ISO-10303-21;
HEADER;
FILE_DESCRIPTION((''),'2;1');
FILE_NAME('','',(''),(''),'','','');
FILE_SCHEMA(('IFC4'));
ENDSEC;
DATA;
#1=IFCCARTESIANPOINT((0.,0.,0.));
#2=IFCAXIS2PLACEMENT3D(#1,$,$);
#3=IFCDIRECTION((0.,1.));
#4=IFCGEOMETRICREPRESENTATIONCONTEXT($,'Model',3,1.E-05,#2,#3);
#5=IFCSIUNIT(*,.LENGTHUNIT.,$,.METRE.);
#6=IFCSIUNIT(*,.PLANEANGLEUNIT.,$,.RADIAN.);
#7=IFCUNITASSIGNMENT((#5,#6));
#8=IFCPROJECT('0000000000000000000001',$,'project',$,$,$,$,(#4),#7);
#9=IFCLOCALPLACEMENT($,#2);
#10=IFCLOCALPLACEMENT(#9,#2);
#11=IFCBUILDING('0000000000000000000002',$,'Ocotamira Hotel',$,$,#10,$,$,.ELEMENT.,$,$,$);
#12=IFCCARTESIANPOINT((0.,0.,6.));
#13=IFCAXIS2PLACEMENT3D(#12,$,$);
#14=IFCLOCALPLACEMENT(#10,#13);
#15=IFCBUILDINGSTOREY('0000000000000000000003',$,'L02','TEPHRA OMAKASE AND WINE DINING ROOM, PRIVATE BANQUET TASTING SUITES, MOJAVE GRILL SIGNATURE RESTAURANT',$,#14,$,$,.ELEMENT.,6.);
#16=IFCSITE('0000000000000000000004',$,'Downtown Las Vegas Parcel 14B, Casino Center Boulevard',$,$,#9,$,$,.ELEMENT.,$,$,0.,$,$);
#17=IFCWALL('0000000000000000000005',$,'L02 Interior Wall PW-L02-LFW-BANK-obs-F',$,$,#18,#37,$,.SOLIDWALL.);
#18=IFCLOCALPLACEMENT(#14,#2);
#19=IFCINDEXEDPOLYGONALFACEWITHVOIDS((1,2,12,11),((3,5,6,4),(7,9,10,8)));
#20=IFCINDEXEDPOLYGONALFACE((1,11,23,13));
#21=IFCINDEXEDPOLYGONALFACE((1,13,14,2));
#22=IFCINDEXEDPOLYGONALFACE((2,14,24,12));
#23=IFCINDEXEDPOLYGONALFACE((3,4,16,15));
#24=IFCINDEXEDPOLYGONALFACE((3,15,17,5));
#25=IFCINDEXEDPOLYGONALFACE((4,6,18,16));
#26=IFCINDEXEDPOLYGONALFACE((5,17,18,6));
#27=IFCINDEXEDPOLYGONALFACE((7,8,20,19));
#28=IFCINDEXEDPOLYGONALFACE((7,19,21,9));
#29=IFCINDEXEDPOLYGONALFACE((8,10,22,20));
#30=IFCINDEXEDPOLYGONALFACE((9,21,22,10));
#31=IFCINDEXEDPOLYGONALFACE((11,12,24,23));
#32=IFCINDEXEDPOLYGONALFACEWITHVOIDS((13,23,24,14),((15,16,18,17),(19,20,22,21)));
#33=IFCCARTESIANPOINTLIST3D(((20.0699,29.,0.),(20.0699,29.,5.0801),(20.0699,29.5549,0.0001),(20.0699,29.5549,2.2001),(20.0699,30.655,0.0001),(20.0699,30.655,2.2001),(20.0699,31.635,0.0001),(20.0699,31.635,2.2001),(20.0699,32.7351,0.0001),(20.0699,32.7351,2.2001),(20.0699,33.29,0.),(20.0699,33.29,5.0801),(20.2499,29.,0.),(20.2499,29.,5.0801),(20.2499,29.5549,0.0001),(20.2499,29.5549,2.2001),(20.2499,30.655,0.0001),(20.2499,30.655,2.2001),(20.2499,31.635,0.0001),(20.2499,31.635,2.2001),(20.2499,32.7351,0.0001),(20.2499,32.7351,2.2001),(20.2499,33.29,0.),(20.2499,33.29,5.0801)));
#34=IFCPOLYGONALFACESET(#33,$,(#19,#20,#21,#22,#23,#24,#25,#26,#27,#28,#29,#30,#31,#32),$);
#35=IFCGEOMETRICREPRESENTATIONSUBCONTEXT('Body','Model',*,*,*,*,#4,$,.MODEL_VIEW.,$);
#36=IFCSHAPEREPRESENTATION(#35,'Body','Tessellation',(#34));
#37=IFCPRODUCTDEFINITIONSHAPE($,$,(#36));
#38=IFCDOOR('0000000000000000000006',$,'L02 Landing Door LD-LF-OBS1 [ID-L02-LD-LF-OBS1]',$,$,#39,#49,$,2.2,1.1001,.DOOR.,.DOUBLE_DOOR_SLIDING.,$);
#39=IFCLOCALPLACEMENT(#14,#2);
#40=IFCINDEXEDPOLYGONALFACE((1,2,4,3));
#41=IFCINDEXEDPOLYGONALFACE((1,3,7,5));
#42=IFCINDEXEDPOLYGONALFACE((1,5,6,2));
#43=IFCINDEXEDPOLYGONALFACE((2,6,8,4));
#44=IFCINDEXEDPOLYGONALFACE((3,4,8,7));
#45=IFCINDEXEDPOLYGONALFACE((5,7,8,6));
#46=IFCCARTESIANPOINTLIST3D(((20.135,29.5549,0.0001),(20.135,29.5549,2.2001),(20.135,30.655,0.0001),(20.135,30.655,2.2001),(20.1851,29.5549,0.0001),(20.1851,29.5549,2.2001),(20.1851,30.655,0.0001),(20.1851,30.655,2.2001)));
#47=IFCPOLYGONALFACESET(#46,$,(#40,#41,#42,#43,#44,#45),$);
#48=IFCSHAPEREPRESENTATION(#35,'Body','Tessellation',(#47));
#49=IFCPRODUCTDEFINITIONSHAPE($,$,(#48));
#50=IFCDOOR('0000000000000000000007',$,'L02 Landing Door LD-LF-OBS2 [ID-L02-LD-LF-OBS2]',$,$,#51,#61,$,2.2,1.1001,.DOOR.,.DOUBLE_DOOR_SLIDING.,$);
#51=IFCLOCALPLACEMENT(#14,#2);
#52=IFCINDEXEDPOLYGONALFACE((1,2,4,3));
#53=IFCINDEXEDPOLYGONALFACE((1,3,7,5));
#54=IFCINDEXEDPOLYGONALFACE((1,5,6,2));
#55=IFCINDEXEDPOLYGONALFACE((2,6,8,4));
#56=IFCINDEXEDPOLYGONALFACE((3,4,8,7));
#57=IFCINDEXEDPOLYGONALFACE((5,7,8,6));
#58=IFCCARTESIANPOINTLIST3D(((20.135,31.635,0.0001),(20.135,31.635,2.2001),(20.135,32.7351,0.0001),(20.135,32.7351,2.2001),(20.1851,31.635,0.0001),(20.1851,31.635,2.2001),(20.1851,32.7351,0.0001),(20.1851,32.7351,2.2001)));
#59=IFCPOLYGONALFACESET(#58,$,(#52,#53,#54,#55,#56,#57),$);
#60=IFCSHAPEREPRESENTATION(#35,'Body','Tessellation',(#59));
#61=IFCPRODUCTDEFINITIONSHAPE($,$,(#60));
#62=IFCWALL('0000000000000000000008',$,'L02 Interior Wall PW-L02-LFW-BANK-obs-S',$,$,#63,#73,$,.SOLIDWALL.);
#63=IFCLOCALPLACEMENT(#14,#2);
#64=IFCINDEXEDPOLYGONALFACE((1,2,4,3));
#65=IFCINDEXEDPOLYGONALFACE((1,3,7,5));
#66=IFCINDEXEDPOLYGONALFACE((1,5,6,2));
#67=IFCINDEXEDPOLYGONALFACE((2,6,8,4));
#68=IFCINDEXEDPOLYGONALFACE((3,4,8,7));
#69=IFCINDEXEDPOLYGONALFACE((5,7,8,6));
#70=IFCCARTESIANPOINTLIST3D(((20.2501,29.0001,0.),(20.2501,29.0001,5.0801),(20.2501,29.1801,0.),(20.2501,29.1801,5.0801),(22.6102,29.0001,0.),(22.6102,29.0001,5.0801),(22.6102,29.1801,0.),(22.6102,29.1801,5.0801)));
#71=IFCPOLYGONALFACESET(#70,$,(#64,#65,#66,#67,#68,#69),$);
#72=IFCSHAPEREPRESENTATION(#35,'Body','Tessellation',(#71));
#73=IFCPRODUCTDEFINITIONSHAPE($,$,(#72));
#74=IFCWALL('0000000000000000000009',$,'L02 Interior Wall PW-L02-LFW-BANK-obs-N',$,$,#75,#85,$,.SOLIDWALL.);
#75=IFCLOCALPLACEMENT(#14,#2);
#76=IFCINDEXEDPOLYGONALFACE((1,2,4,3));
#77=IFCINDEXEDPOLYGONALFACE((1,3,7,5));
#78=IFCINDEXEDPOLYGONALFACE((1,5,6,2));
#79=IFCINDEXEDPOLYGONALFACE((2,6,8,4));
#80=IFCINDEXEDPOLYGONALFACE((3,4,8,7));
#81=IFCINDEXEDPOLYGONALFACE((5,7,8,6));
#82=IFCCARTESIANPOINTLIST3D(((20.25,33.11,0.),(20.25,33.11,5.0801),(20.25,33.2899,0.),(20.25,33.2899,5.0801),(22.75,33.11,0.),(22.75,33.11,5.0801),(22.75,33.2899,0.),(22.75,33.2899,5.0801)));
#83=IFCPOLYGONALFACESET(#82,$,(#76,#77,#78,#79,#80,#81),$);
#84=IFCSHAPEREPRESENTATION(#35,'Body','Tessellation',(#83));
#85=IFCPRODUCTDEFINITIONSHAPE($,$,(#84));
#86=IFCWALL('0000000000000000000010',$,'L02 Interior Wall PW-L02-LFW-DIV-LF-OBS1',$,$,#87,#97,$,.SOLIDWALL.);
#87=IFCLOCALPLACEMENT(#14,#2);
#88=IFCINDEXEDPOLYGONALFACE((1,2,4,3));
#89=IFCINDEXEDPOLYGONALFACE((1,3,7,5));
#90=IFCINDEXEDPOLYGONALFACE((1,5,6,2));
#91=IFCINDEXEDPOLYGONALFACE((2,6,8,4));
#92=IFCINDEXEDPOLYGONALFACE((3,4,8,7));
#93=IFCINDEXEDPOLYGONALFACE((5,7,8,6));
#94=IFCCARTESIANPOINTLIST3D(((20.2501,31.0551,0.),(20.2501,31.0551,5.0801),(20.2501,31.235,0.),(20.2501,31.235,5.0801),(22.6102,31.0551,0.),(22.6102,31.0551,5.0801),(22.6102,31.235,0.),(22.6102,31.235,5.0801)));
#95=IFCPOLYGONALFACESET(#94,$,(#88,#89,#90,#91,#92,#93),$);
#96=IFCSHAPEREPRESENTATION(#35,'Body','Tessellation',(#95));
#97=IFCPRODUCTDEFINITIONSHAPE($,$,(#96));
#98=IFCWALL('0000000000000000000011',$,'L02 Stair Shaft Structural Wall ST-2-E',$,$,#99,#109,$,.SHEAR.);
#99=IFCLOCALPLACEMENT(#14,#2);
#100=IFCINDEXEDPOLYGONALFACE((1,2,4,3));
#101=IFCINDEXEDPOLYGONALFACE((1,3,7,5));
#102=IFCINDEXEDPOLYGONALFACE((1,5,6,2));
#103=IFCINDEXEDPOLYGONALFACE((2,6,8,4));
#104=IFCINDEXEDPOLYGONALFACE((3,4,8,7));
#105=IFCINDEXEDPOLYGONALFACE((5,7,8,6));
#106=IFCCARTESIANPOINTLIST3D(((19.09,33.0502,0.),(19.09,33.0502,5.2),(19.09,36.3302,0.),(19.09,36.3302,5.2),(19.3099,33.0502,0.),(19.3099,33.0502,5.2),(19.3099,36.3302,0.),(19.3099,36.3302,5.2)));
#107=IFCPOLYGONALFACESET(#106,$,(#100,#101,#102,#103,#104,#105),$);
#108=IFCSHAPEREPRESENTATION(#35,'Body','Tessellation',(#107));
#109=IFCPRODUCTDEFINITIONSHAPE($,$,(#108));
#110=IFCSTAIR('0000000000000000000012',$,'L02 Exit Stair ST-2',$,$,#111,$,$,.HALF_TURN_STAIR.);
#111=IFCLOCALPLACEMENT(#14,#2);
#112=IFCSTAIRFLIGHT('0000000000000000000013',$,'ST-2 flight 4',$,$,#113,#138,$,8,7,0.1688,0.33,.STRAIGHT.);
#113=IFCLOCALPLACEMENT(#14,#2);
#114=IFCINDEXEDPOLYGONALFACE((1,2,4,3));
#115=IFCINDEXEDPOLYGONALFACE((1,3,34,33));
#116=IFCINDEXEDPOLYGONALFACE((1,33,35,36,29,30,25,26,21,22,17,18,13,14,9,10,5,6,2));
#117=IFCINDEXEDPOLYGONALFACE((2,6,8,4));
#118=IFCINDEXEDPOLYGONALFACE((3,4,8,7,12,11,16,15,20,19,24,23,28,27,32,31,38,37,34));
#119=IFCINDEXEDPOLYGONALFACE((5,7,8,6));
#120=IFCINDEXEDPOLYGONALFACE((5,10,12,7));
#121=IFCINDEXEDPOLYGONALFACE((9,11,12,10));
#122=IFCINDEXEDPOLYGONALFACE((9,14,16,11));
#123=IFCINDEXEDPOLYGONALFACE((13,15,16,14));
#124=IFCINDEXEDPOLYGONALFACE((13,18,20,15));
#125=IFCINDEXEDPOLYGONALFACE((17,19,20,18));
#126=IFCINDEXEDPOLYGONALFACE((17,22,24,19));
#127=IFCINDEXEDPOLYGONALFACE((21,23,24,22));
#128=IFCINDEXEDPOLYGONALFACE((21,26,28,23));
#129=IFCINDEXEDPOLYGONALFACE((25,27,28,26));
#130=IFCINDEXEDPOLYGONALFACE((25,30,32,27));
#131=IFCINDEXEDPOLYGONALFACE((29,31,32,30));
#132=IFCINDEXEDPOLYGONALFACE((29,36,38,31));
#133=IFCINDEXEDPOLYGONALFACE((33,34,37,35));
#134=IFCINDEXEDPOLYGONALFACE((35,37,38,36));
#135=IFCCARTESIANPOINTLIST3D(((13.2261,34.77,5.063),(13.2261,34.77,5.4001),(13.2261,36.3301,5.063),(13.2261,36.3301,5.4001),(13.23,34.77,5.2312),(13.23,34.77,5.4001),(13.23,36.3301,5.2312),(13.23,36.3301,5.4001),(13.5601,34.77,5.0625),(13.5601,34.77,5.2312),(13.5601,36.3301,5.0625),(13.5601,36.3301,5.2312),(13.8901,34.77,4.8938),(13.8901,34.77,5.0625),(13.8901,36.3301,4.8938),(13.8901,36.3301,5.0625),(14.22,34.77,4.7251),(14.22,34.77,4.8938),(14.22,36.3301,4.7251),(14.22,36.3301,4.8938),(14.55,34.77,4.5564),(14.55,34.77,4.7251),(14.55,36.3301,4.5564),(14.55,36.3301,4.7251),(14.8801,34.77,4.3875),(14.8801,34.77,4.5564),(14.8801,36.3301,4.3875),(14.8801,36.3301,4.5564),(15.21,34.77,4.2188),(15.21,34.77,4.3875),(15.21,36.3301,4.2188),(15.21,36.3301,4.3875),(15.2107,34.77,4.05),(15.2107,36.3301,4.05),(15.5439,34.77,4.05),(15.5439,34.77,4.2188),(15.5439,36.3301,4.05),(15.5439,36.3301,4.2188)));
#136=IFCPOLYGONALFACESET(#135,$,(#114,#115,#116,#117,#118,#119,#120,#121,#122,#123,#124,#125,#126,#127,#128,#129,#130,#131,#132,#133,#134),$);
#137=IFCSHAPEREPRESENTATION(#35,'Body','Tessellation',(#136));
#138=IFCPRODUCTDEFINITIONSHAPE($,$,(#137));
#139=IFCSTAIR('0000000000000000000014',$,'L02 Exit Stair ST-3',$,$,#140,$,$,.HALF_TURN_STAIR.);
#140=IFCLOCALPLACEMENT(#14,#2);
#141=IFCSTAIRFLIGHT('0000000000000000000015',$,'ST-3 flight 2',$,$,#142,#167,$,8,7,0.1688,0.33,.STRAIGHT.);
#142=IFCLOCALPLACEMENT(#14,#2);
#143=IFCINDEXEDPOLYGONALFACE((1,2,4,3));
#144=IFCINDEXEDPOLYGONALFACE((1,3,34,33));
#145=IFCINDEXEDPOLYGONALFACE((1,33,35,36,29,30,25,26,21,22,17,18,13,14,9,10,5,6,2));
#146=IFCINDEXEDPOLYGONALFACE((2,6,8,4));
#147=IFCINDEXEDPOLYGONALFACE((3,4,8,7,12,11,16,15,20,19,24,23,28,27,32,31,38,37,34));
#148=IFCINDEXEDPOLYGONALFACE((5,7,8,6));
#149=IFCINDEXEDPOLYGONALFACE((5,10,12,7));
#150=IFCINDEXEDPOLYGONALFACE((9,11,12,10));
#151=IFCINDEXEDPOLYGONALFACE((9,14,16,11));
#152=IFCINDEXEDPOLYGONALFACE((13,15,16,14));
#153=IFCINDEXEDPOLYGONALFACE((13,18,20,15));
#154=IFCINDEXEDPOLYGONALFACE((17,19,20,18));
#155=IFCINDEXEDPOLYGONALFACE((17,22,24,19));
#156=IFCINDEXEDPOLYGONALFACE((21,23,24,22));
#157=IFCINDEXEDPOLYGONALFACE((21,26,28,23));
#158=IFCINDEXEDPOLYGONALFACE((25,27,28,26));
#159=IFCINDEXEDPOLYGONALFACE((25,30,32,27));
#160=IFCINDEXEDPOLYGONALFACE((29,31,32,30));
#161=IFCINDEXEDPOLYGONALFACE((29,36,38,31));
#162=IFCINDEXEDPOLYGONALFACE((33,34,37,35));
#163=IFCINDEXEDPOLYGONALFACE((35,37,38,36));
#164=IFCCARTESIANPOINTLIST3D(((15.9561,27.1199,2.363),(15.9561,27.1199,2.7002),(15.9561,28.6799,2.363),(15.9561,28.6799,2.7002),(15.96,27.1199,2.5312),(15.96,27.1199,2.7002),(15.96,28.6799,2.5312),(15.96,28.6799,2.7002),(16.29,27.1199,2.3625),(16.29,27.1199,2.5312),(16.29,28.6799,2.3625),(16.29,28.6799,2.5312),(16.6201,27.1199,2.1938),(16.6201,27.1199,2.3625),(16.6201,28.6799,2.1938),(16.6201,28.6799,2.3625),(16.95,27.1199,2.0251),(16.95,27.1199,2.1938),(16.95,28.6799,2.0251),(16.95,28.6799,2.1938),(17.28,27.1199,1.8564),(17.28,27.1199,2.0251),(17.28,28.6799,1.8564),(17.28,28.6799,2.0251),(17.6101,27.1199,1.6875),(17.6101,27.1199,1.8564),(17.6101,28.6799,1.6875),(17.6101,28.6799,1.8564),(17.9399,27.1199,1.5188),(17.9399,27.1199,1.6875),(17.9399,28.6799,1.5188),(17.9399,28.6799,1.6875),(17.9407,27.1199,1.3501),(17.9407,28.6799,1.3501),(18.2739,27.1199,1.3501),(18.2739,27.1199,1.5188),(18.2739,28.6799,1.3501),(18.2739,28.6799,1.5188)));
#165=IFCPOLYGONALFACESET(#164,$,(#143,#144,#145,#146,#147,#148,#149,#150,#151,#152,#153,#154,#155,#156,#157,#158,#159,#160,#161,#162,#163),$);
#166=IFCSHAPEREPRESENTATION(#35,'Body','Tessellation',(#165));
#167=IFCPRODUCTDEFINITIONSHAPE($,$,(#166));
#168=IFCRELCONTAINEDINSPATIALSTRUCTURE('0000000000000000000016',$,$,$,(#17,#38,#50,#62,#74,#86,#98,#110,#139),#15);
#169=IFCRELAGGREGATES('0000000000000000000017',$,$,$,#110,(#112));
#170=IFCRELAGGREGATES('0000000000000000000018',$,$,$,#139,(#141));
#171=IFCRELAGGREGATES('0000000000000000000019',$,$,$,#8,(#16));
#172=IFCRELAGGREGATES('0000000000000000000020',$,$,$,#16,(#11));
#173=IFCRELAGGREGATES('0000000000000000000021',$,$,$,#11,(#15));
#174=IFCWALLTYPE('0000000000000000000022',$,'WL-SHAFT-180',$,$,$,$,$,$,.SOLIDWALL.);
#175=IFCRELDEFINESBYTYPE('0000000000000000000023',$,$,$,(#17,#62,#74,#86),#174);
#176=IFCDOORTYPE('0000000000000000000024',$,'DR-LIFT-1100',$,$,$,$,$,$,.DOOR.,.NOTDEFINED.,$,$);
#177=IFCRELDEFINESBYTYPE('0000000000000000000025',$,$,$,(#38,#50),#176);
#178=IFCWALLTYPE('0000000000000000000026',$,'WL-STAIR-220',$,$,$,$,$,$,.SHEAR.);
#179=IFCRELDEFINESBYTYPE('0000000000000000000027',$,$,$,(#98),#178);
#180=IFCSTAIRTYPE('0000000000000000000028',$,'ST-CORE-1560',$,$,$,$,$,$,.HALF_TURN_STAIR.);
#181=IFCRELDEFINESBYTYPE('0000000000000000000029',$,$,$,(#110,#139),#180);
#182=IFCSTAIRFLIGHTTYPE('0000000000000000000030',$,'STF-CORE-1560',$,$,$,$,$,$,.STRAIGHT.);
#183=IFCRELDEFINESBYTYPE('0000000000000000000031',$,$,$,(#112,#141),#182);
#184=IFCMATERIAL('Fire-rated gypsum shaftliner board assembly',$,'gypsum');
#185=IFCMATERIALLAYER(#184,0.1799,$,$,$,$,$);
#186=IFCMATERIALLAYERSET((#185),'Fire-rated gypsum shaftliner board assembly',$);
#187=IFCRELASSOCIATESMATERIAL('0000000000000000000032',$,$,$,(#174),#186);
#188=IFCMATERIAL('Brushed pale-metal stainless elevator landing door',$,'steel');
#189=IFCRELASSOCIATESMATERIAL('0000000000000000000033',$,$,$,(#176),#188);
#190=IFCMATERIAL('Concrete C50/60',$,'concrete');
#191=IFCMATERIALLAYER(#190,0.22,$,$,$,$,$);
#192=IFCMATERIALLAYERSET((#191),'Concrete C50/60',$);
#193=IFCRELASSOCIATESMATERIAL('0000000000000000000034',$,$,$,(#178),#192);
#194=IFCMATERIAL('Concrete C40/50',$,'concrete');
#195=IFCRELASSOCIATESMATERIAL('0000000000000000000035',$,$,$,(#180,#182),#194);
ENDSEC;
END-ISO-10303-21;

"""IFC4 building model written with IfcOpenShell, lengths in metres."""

from ifc_helpers import new_model, si_unit, direction, frame, frame_2d, origin, place, context, subcontext, project, spatial, polyline, rectangle, outline, extrude, source, transform, mapped, material, layer, layer_set, type_object, element, fill, aggregate, save


model = new_model("IFC4")

# Units and contexts
model_context = context("Model", 3, precision=1e-05, world=origin(), true_north=direction((0.0, 1.0)))
body_context = subcontext(model_context, "Body", "Model", "MODEL_VIEW")
ifc_project = project(units=[si_unit("LENGTHUNIT", "METRE"), si_unit("PLANEANGLEUNIT", "RADIAN")], contexts=[model_context])

# Site, building, storey
site_placement = place(None, origin())
site = spatial("IfcSite", under=ifc_project, at=site_placement, Name="Downtown Las Vegas Parcel 14B, Casino Center Boulevard", CompositionType="ELEMENT", RefElevation=0.0)
building_placement = place(site_placement, origin())
building = spatial("IfcBuilding", under=site, at=building_placement, Name="Ocotamira Hotel", CompositionType="ELEMENT")
storey_placement = place(building_placement, frame((0.0, 0.0, 6.0)))
storey = spatial("IfcBuildingStorey", under=building, at=storey_placement, Name="L02", Description="TEPHRA OMAKASE AND WINE DINING ROOM, PRIVATE BANQUET TASTING SUITES, MOJAVE GRILL SIGNATURE RESTAURANT", CompositionType="ELEMENT", Elevation=6.0)

# Wall, openings, doors
ifc_material_1 = material(Name="Fire-rated gypsum shaftliner board assembly", Category="gypsum")
ifc_layer_1 = layer(ifc_material_1, 0.1799)
ifc_layer_set_1 = layer_set([ifc_layer_1], Name="Fire-rated gypsum shaftliner board assembly")
wall_type_1 = type_object("IfcWallType", Name="WL-SHAFT-180", PredefinedType="SOLIDWALL", material=ifc_layer_set_1)
wall_1_placement = place(storey_placement, frame((20.1599, 29.0, 0.0), z_axis=(0.0, 0.0, 1.0), x_axis=(0.0, 1.0, 0.0)))
wall_1 = element("IfcWall", 1, at=wall_1_placement, inside=storey, type_object=wall_type_1, Name="L02 Interior Wall PW-L02-LFW-BANK-obs-F", PredefinedType="SOLIDWALL", context=body_context, shape_type="SweptSolid", body=[
    extrude(rectangle(XDim=4.29, YDim=0.1799, at=frame_2d((2.145, 0.0))), origin(), (0.0, 0.0, 1.0), 5.0801),
])
opening_1_placement = place(wall_1_placement, frame((0.5549, 0.0, 0.0)))
opening_1 = element("IfcOpeningElement", 2, at=opening_1_placement, cuts=wall_1, PredefinedType="OPENING", context=body_context, shape_type="SweptSolid", body=[
    extrude(rectangle(XDim=1.1001, YDim=2.2, at=frame_2d((0.55, 1.1001))), frame((0.0, 0.1001, 0.0), z_axis=(0.0, -1.0, 0.0), x_axis=(1.0, 0.0, 0.0)), (0.0, 0.0, 1.0), 0.2),
])
opening_2_placement = place(wall_1_placement, frame((2.635, 0.0, 0.0)))
opening_2 = element("IfcOpeningElement", 3, at=opening_2_placement, cuts=wall_1, PredefinedType="OPENING", context=body_context, shape_type="SweptSolid", body=[
    extrude(rectangle(XDim=1.1001, YDim=2.2, at=frame_2d((0.55, 1.1001))), frame((0.0, 0.1001, 0.0), z_axis=(0.0, -1.0, 0.0), x_axis=(1.0, 0.0, 0.0)), (0.0, 0.0, 1.0), 0.2),
])
ifc_material_2 = material(Name="Brushed pale-metal stainless elevator landing door", Category="steel")
door_type_1 = type_object("IfcDoorType", Name="DR-LIFT-1100", OperationType="NOTDEFINED", PredefinedType="DOOR", material=ifc_material_2)
shared_shape_1 = source(origin(), body_context, "Body", "SweptSolid", [
    extrude(rectangle(XDim=1.1001, YDim=2.2, at=frame_2d((0.55, 1.1001))), frame((0.0, 0.0249, 0.0), z_axis=(0.0, -1.0, 0.0), x_axis=(1.0, 0.0, 0.0)), (0.0, 0.0, 1.0), 0.05),
])
door_1_placement = place(opening_1_placement, origin())
door_1 = element("IfcDoor", 4, at=door_1_placement, inside=storey, type_object=door_type_1, Name="L02 Landing Door LD-LF-OBS1 [ID-L02-LD-LF-OBS1]", OperationType="DOUBLE_DOOR_SLIDING", OverallHeight=2.2, OverallWidth=1.1001, PredefinedType="DOOR", context=body_context, shape_type="MappedRepresentation", body=[
    mapped(shared_shape_1, transform((0.0, 0.0, 0.0), scale=1.0)),
])
fill(opening_1, door_1)
door_2_placement = place(opening_2_placement, origin())
door_2 = element("IfcDoor", 5, at=door_2_placement, inside=storey, type_object=door_type_1, Name="L02 Landing Door LD-LF-OBS2 [ID-L02-LD-LF-OBS2]", OperationType="DOUBLE_DOOR_SLIDING", OverallHeight=2.2, OverallWidth=1.1001, PredefinedType="DOOR", context=body_context, shape_type="MappedRepresentation", body=[
    mapped(shared_shape_1, transform((0.0, 0.0, 0.0), scale=1.0)),
])
fill(opening_2, door_2)

# Walls
wall_2_placement = place(storey_placement, frame((20.25, 29.0901, 0.0), z_axis=(0.0, 0.0, 1.0), x_axis=(1.0, 0.0, 0.0)))
element("IfcWall", 6, at=wall_2_placement, inside=storey, type_object=wall_type_1, Name="L02 Interior Wall PW-L02-LFW-BANK-obs-S", PredefinedType="SOLIDWALL", context=body_context, shape_type="SweptSolid", body=[
    extrude(rectangle(XDim=2.3601, YDim=0.1799, at=frame_2d((1.1802, 0.0))), origin(), (0.0, 0.0, 1.0), 5.0801),
])
wall_3_placement = place(storey_placement, frame((20.25, 33.2, 0.0), z_axis=(0.0, 0.0, 1.0), x_axis=(1.0, 0.0, 0.0)))
element("IfcWall", 7, at=wall_3_placement, inside=storey, type_object=wall_type_1, Name="L02 Interior Wall PW-L02-LFW-BANK-obs-N", PredefinedType="SOLIDWALL", context=body_context, shape_type="SweptSolid", body=[
    extrude(rectangle(XDim=2.5, YDim=0.1799, at=frame_2d((1.25, 0.0))), origin(), (0.0, 0.0, 1.0), 5.0801),
])
wall_4_placement = place(storey_placement, frame((20.25, 31.145, 0.0), z_axis=(0.0, 0.0, 1.0), x_axis=(1.0, 0.0, 0.0)))
element("IfcWall", 8, at=wall_4_placement, inside=storey, type_object=wall_type_1, Name="L02 Interior Wall PW-L02-LFW-DIV-LF-OBS1", PredefinedType="SOLIDWALL", context=body_context, shape_type="SweptSolid", body=[
    extrude(rectangle(XDim=2.3601, YDim=0.1799, at=frame_2d((1.1802, 0.0))), origin(), (0.0, 0.0, 1.0), 5.0801),
])
ifc_material_3 = material(Name="Concrete C50/60", Category="concrete")
ifc_layer_2 = layer(ifc_material_3, 0.22)
ifc_layer_set_2 = layer_set([ifc_layer_2], Name="Concrete C50/60")
wall_type_2 = type_object("IfcWallType", Name="WL-STAIR-220", PredefinedType="SHEAR", material=ifc_layer_set_2)
wall_5_placement = place(storey_placement, frame((19.2, 33.05, 0.0), z_axis=(0.0, 0.0, 1.0), x_axis=(0.0, 1.0, 0.0)))
element("IfcWall", 9, at=wall_5_placement, inside=storey, type_object=wall_type_2, Name="L02 Stair Shaft Structural Wall ST-2-E", PredefinedType="SHEAR", context=body_context, shape_type="SweptSolid", body=[
    extrude(rectangle(XDim=3.28, YDim=0.22, at=frame_2d((1.6401, 0.0))), origin(), (0.0, 0.0, 1.0), 5.2),
])

# Stair, stair flight
ifc_material_4 = material(Name="Concrete C40/50", Category="concrete")
stair_type = type_object("IfcStairType", Name="ST-CORE-1560", PredefinedType="HALF_TURN_STAIR", material=ifc_material_4)
stair_1_placement = place(storey_placement, origin())
stair_1 = element("IfcStair", 10, at=stair_1_placement, inside=storey, type_object=stair_type, Name="L02 Exit Stair ST-2", PredefinedType="HALF_TURN_STAIR")
stair_flight_type = type_object("IfcStairFlightType", Name="STF-CORE-1560", PredefinedType="STRAIGHT", material=ifc_material_4)
shared_shape_2 = source(origin(), body_context, "Body", "SweptSolid", [
    extrude(outline(polyline([(-0.0039, 0.0), (-0.0039, 0.1687), (0.3301, 0.1687), (0.3301, 0.3374), (0.6599, 0.3374), (0.6599, 0.5063), (0.99, 0.5063), (0.99, 0.675), (1.3201, 0.675), (1.3201, 0.8438), (1.6499, 0.8438), (1.6499, 1.0125), (1.98, 1.0125), (1.98, 1.1812), (2.3101, 1.1812), (2.3101, 1.3501), (2.314, 1.3501), (2.314, 1.0129), (0.3293, 0.0), (-0.0039, 0.0)])), frame((0.0, 0.78, 0.0), z_axis=(0.0, -1.0, 0.0), x_axis=(1.0, 0.0, 0.0)), (0.0, 0.0, 1.0), 1.5601),
])
stair_flight_1_placement = place(storey_placement, frame((15.54, 35.55, 4.05), z_axis=(0.0, 0.0, 1.0), x_axis=(-1.0, 0.0, 0.0)))
stair_flight_1 = element("IfcStairFlight", 11, at=stair_flight_1_placement, type_object=stair_flight_type, Name="ST-2 flight 4", NumberOfRisers=8, NumberOfTreads=7, PredefinedType="STRAIGHT", RiserHeight=0.1688, TreadLength=0.33, context=body_context, shape_type="MappedRepresentation", body=[
    mapped(shared_shape_2, transform((0.0, 0.0, 0.0), scale=1.0)),
])
aggregate(stair_1, [stair_flight_1])

# Stair, stair flight
stair_2_placement = place(storey_placement, origin())
stair_2 = element("IfcStair", 12, at=stair_2_placement, inside=storey, type_object=stair_type, Name="L02 Exit Stair ST-3", PredefinedType="HALF_TURN_STAIR")
stair_flight_2_placement = place(storey_placement, frame((18.27, 27.8999, 1.3501), z_axis=(0.0, 0.0, 1.0), x_axis=(-1.0, 0.0, 0.0)))
stair_flight_2 = element("IfcStairFlight", 13, at=stair_flight_2_placement, type_object=stair_flight_type, Name="ST-3 flight 2", NumberOfRisers=8, NumberOfTreads=7, PredefinedType="STRAIGHT", RiserHeight=0.1688, TreadLength=0.33, context=body_context, shape_type="MappedRepresentation", body=[
    mapped(shared_shape_2, transform((0.0, 0.0, 0.0), scale=1.0)),
])
aggregate(stair_2, [stair_flight_2])

save(model, "model.ifc")
